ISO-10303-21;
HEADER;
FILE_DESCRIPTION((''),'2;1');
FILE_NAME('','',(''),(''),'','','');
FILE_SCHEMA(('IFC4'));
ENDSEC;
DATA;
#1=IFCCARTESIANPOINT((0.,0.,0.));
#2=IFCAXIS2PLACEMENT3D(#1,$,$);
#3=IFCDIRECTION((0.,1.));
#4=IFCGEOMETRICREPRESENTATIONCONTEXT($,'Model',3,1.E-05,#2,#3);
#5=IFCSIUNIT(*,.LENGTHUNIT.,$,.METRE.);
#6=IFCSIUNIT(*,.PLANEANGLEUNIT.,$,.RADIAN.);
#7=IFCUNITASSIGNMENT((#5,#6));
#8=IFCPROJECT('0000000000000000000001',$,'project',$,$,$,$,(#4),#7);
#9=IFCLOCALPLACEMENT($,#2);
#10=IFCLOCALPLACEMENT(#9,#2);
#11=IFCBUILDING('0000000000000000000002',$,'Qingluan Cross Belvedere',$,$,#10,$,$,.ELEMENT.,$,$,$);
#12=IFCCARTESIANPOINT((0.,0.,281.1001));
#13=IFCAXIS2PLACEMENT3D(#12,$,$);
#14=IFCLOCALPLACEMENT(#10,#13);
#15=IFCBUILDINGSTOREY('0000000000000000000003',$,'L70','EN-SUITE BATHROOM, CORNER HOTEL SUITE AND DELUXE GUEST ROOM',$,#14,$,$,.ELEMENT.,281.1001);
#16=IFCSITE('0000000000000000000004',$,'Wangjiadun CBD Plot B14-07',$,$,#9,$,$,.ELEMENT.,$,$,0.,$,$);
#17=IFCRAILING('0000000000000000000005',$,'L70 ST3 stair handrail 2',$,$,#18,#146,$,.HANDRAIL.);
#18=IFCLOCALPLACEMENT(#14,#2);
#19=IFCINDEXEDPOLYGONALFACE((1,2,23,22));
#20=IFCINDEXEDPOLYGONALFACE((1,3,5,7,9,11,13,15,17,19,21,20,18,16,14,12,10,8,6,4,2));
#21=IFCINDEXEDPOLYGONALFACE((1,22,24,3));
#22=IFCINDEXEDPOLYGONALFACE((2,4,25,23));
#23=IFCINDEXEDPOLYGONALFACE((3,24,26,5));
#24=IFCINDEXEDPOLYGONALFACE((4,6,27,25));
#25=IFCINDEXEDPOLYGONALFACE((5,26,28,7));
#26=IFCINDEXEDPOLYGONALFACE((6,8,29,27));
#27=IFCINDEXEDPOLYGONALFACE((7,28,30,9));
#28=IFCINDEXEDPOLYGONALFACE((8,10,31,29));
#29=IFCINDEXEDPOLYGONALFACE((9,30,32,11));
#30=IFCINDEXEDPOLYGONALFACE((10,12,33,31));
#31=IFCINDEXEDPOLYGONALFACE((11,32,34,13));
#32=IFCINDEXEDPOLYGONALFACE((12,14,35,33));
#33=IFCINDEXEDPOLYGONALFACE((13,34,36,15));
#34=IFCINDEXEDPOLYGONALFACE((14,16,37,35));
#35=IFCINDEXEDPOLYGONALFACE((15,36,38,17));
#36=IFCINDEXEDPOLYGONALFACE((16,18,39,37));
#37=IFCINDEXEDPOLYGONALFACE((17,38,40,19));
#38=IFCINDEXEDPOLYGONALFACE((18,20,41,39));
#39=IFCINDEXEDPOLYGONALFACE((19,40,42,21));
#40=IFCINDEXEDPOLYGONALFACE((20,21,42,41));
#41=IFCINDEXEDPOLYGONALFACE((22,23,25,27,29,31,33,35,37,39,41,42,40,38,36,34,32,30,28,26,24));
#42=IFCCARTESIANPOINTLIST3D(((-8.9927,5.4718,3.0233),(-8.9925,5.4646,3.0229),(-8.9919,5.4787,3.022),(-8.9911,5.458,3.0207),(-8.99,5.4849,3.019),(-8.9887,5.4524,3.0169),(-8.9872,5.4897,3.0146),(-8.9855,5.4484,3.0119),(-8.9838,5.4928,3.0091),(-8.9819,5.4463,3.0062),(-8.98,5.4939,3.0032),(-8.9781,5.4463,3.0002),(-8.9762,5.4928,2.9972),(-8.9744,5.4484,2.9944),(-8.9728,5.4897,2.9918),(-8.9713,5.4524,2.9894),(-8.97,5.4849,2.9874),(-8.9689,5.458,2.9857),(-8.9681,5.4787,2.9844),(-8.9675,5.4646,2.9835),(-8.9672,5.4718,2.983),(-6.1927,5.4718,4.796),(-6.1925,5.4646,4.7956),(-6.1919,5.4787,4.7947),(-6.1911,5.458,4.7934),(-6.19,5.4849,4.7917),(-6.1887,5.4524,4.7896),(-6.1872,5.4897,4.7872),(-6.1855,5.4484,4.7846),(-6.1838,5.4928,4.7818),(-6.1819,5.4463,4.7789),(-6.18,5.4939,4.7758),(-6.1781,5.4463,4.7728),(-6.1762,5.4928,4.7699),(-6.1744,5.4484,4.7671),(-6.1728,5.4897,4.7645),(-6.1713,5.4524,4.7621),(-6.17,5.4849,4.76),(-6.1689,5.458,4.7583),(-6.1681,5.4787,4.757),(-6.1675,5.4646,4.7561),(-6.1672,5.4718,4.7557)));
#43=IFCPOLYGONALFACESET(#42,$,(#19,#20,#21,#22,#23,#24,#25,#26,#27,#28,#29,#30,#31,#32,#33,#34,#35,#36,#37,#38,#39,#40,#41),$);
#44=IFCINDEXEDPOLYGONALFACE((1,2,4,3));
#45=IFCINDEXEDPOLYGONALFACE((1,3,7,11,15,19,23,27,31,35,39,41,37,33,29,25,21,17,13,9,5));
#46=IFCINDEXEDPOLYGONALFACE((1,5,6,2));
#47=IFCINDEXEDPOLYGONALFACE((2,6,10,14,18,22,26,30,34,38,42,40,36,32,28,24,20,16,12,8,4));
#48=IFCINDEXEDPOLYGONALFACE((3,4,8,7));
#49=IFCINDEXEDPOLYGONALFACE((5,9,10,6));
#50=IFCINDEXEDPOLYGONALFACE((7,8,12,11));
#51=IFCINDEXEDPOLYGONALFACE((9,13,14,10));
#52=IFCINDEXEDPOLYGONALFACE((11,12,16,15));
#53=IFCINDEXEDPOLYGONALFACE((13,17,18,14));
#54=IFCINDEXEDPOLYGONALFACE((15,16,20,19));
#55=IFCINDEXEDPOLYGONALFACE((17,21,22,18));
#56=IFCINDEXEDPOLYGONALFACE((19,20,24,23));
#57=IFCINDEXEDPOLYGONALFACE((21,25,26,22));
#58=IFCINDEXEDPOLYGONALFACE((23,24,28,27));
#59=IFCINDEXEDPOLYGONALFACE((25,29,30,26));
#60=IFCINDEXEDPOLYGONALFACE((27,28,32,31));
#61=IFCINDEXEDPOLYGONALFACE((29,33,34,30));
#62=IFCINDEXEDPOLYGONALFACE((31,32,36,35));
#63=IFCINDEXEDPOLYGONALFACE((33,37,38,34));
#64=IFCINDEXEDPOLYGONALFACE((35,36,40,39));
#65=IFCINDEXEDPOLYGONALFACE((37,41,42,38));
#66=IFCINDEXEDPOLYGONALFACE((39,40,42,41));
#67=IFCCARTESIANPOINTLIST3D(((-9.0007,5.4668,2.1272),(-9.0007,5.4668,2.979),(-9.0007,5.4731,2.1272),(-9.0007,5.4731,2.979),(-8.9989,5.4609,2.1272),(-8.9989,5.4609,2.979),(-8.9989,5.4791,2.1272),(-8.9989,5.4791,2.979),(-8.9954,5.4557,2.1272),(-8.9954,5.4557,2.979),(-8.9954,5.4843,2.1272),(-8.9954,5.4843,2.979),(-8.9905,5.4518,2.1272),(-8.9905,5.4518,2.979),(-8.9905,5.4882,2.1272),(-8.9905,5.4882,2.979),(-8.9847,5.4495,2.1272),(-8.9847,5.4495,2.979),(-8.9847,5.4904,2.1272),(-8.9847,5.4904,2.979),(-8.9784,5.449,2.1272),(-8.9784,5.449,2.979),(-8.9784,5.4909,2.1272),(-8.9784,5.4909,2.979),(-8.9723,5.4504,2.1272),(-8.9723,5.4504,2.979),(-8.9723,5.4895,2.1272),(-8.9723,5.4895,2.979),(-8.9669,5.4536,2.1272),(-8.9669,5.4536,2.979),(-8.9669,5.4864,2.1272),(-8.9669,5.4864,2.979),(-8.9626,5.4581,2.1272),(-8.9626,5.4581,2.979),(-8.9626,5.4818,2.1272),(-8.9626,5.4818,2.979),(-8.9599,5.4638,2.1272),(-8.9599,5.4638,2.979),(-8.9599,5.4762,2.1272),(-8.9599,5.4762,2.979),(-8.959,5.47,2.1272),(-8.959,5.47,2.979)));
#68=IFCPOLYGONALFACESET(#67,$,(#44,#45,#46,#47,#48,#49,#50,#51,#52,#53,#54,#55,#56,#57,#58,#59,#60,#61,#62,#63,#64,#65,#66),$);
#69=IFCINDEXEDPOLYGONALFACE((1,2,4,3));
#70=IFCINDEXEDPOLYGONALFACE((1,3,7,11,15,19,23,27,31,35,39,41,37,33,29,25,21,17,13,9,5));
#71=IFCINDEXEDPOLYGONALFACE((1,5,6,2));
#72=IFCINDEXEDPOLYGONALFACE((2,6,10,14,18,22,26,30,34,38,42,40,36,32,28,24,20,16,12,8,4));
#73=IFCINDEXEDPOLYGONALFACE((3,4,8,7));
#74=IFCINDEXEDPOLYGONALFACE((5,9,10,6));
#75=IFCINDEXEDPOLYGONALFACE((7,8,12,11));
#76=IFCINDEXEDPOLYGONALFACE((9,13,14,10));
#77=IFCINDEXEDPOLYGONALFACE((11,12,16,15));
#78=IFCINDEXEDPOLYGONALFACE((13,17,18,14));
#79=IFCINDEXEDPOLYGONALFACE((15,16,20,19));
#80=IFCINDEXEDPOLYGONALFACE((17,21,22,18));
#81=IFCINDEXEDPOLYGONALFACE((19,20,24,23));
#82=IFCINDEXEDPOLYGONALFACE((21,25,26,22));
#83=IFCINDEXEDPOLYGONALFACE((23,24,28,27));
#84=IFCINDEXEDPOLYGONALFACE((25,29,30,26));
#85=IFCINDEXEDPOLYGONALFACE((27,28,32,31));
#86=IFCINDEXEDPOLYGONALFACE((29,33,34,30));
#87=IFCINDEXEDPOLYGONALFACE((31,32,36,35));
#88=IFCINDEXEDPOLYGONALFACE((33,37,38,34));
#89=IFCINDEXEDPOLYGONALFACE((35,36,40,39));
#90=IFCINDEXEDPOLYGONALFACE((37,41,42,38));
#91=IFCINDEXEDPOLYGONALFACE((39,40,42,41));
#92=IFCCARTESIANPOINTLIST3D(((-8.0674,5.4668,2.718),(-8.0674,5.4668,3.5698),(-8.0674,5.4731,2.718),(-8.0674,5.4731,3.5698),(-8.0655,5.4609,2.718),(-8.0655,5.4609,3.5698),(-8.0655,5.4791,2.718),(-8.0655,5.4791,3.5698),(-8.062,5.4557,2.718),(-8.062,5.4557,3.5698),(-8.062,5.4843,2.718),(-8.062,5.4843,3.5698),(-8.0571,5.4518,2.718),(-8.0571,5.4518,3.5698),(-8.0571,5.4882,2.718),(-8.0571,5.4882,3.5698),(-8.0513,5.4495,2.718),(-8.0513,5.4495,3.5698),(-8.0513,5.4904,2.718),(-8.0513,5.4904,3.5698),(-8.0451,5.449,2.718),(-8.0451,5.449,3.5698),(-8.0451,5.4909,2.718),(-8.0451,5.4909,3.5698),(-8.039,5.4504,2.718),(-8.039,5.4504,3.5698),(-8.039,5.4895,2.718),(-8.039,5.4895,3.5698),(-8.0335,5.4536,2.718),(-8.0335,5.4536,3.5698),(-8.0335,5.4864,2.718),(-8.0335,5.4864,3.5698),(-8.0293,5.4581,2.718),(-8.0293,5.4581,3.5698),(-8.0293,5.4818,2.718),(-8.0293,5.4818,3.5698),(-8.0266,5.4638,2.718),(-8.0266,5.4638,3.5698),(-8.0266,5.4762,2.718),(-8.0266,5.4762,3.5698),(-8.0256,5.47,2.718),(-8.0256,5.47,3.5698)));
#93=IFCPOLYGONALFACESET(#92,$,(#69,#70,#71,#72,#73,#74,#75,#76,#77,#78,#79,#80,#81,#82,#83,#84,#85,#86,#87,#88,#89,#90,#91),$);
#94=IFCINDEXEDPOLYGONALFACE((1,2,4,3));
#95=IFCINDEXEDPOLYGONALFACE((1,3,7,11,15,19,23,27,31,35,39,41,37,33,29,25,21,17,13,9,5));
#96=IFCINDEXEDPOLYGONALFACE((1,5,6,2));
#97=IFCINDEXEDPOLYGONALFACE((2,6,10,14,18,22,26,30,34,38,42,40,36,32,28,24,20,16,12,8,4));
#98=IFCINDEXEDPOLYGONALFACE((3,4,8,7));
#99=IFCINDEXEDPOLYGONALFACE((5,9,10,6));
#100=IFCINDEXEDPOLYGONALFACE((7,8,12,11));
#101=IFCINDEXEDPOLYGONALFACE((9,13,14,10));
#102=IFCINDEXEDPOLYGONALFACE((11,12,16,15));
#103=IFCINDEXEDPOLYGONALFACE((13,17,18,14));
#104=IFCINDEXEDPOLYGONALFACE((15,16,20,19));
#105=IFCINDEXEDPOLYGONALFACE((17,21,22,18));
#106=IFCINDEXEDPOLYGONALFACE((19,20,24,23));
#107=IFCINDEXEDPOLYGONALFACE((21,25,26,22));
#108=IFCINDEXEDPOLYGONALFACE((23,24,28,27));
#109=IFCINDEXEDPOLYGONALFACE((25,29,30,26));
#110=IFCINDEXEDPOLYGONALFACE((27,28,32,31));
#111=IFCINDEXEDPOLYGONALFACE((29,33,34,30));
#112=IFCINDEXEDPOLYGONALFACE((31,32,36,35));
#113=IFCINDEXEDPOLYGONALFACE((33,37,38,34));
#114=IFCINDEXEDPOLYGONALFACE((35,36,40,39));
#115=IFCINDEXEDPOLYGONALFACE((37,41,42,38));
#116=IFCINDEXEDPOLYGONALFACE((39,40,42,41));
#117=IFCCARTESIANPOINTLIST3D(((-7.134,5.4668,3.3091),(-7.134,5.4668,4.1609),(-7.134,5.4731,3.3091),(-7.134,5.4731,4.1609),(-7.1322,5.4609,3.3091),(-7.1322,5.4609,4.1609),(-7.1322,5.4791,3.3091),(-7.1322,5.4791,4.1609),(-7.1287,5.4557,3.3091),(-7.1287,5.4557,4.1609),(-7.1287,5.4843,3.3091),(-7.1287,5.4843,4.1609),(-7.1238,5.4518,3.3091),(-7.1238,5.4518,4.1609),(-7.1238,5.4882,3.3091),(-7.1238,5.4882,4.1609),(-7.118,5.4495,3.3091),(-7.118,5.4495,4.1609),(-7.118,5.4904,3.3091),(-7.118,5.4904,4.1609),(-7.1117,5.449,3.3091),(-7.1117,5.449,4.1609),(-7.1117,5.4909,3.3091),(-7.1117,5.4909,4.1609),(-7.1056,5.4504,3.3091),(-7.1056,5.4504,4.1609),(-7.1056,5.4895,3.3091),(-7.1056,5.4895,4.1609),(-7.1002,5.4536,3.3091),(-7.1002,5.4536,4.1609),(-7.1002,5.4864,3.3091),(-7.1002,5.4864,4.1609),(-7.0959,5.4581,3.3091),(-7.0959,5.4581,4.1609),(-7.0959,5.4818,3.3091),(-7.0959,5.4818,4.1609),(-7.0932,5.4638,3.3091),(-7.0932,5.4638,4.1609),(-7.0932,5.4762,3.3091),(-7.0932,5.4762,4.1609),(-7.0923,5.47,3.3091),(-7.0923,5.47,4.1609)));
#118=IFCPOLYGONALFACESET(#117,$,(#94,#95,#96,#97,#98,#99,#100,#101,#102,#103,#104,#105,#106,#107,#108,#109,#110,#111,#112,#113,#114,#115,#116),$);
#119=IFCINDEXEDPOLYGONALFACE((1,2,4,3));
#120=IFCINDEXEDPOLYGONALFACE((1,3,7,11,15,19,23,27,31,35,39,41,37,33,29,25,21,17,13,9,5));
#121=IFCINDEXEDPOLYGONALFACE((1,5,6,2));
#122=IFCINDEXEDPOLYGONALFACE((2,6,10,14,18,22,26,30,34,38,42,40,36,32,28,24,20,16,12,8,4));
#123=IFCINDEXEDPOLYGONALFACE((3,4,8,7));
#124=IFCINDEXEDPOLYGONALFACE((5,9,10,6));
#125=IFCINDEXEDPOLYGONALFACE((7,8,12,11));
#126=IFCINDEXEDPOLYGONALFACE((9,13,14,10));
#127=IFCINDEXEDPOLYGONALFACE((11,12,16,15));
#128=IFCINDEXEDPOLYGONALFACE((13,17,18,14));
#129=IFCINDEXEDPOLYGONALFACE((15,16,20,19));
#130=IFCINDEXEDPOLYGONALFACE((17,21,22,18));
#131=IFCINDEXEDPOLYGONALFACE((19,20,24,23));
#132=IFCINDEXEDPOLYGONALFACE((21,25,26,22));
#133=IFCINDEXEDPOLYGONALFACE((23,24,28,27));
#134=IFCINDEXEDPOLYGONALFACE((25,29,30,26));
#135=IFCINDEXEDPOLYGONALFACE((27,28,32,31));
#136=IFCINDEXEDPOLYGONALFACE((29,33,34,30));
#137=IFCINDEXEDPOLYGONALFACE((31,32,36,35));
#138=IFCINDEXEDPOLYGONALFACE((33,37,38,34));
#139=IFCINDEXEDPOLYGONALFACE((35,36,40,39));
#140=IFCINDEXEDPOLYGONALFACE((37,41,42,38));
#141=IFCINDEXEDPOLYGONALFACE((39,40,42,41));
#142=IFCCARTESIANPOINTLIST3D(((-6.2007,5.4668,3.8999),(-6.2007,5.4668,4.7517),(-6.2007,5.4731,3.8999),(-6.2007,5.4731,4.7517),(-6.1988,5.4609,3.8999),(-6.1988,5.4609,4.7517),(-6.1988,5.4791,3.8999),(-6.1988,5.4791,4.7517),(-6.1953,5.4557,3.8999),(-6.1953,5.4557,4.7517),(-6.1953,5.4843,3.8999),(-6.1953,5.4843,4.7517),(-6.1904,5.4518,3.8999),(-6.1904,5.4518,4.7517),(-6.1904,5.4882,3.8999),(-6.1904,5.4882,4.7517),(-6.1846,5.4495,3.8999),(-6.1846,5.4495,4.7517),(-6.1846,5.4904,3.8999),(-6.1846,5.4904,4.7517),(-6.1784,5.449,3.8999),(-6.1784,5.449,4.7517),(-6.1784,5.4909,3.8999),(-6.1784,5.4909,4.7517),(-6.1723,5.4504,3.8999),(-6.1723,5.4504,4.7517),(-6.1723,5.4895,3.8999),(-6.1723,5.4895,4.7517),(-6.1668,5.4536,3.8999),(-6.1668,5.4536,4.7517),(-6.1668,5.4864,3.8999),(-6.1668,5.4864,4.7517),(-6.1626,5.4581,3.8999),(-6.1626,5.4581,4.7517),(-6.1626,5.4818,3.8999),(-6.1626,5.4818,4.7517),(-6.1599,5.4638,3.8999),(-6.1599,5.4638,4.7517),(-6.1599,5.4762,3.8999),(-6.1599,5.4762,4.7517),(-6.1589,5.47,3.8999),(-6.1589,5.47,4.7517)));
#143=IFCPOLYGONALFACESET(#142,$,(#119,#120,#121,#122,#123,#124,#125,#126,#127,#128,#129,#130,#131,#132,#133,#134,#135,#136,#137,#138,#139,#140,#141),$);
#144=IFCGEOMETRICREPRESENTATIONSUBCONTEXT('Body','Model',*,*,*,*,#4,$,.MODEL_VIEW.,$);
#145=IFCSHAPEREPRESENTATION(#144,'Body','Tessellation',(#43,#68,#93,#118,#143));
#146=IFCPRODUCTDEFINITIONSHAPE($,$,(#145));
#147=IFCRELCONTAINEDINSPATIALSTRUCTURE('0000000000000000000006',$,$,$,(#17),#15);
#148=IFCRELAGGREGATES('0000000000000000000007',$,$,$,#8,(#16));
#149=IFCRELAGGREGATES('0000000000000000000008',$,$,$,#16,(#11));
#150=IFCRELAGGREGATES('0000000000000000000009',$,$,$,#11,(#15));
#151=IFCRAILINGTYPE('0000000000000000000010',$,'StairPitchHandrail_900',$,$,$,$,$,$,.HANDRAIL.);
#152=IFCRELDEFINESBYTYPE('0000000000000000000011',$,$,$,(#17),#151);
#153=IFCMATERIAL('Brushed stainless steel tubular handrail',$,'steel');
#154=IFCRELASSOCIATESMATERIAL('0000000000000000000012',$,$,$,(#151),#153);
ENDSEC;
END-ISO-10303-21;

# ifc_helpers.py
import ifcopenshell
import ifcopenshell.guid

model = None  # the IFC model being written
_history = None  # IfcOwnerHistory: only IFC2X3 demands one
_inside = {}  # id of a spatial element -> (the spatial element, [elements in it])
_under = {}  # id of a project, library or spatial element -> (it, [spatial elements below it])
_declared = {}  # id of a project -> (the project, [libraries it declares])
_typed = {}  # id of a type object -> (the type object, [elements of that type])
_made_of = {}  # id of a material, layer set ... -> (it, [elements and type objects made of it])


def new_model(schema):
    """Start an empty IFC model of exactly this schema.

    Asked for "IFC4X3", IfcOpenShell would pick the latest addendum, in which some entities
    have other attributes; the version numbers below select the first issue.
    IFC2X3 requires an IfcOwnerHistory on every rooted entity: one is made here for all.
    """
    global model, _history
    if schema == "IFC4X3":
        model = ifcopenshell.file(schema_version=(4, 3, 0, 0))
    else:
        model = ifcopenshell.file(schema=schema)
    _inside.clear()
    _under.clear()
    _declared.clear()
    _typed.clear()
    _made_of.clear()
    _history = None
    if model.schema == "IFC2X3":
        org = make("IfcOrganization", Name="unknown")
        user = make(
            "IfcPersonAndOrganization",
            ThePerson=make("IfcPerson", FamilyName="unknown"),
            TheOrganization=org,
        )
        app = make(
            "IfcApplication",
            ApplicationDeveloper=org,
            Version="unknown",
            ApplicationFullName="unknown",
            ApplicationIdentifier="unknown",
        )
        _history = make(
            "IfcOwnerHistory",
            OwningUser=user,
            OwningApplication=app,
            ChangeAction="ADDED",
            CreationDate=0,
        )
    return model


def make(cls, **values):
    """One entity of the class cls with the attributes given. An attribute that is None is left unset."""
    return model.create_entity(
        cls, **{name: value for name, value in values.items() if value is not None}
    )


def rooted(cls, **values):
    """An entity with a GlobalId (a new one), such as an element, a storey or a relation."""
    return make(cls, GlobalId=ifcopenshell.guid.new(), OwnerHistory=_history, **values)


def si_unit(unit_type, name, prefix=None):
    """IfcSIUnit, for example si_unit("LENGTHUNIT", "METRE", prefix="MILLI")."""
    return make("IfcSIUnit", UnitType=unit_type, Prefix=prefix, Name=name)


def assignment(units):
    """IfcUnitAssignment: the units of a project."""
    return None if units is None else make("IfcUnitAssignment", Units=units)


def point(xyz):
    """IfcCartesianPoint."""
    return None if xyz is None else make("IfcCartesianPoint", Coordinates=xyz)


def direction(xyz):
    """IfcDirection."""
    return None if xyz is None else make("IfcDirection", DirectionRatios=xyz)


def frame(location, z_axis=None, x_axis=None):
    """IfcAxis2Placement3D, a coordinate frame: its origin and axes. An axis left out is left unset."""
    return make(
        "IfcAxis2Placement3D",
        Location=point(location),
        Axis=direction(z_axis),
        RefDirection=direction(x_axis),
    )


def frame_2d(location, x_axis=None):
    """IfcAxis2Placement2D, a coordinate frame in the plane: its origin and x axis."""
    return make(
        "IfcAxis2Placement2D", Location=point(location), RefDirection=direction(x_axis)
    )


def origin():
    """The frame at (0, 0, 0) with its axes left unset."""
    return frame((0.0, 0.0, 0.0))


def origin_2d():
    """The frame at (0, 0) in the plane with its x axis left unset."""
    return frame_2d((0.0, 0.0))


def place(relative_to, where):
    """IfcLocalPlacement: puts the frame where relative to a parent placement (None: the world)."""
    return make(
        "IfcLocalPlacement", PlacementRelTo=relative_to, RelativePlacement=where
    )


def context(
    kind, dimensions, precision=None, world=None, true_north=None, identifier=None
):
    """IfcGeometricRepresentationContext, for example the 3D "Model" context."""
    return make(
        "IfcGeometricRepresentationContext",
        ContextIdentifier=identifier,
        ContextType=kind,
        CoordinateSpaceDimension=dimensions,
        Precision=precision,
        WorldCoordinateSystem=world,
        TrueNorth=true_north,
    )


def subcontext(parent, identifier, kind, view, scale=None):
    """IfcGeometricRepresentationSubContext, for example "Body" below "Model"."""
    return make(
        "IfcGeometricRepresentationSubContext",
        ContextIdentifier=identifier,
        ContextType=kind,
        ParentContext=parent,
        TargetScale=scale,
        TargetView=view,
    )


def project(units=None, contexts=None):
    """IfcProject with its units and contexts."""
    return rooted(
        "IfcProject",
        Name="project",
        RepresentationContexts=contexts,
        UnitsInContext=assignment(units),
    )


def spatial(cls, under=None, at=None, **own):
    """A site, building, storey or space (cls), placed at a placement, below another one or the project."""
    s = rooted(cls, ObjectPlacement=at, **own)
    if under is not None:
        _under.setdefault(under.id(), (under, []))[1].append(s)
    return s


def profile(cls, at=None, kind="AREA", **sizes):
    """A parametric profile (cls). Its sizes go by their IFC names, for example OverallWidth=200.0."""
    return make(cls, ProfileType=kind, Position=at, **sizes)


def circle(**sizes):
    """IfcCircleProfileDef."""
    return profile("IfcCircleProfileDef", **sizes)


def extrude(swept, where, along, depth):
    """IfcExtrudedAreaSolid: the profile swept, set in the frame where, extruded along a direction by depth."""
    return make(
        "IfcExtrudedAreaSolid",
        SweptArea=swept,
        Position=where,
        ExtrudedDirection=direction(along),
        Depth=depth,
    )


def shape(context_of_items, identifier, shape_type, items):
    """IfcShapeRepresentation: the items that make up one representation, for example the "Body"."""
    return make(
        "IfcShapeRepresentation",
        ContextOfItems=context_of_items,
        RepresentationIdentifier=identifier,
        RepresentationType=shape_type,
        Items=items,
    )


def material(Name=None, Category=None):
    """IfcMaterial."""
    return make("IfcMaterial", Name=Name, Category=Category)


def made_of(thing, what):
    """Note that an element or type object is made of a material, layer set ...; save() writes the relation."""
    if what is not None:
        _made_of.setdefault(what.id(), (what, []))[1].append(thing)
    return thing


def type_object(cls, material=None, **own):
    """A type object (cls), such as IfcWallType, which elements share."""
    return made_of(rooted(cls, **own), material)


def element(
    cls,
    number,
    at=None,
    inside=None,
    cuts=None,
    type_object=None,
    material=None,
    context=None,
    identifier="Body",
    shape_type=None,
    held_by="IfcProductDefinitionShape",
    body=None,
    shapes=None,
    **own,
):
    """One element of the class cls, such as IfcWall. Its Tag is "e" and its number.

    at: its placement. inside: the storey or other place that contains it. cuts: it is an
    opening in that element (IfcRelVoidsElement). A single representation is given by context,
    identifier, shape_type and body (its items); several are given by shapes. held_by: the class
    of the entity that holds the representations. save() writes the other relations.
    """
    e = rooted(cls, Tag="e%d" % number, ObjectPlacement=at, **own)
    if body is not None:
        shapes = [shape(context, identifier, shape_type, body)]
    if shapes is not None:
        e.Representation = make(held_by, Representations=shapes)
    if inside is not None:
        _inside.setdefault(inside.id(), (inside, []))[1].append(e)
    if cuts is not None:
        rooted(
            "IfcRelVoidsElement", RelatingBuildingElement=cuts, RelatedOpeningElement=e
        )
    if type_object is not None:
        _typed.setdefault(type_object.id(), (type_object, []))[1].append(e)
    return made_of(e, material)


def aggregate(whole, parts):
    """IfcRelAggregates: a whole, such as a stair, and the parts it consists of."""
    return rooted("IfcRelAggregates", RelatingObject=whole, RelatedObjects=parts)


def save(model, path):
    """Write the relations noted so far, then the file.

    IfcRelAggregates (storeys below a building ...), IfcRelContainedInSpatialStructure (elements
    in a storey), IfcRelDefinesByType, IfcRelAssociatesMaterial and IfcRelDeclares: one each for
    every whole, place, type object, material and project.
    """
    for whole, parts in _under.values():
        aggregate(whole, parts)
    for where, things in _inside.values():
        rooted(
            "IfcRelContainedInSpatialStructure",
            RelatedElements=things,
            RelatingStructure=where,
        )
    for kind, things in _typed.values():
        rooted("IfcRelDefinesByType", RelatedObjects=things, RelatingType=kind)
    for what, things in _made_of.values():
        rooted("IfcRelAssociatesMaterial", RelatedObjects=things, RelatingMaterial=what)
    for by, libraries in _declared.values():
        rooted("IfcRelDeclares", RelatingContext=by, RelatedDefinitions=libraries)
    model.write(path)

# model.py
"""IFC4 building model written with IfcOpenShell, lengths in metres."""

from ifc_helpers import new_model, si_unit, direction, frame, origin, origin_2d, place, context, subcontext, project, spatial, circle, extrude, material, type_object, element, save


model = new_model("IFC4")

# Units and contexts
model_context = context("Model", 3, precision=1e-05, world=origin(), true_north=direction((0.0, 1.0)))
body_context = subcontext(model_context, "Body", "Model", "MODEL_VIEW")
ifc_project = project(units=[si_unit("LENGTHUNIT", "METRE"), si_unit("PLANEANGLEUNIT", "RADIAN")], contexts=[model_context])

# Site, building, storey
site_placement = place(None, origin())
site = spatial("IfcSite", under=ifc_project, at=site_placement, Name="Wangjiadun CBD Plot B14-07", CompositionType="ELEMENT", RefElevation=0.0)
building_placement = place(site_placement, origin())
building = spatial("IfcBuilding", under=site, at=building_placement, Name="Qingluan Cross Belvedere", CompositionType="ELEMENT")
storey_placement = place(building_placement, frame((0.0, 0.0, 281.1001)))
storey = spatial("IfcBuildingStorey", under=building, at=storey_placement, Name="L70", Description="EN-SUITE BATHROOM, CORNER HOTEL SUITE AND DELUXE GUEST ROOM", CompositionType="ELEMENT", Elevation=281.1001)

# Railing
ifc_material_1 = material(Name="Brushed stainless steel tubular handrail", Category="steel")
railing_type_1 = type_object("IfcRailingType", Name="StairPitchHandrail_900", PredefinedType="HANDRAIL", material=ifc_material_1)
railing_1_placement = place(storey_placement, frame((-8.98, 5.47, 2.1272)))
element("IfcRailing", 1, at=railing_1_placement, inside=storey, type_object=railing_type_1, Name="L70 ST3 stair handrail 2", PredefinedType="HANDRAIL", context=body_context, shape_type="SweptSolid", body=[
    extrude(circle(Radius=0.0239, at=origin_2d()), frame((0.0, 0.0, 0.876), z_axis=(0.844909, 0.0, 0.53491), x_axis=(0.0, 1.0, 0.0)), (0.0, 0.0, 1.0), 3.314),
    extrude(circle(Radius=0.021, at=origin_2d()), origin(), (0.0, 0.0, 1.0), 0.8518),
    extrude(circle(Radius=0.021, at=origin_2d()), frame((0.9333, 0.0, 0.5908)), (0.0, 0.0, 1.0), 0.8518),
    extrude(circle(Radius=0.021, at=origin_2d()), frame((1.8667, 0.0, 1.1819)), (0.0, 0.0, 1.0), 0.8518),
    extrude(circle(Radius=0.021, at=origin_2d()), frame((2.8, 0.0, 1.7727)), (0.0, 0.0, 1.0), 0.8518),
])

save(model, "model.ifc")
